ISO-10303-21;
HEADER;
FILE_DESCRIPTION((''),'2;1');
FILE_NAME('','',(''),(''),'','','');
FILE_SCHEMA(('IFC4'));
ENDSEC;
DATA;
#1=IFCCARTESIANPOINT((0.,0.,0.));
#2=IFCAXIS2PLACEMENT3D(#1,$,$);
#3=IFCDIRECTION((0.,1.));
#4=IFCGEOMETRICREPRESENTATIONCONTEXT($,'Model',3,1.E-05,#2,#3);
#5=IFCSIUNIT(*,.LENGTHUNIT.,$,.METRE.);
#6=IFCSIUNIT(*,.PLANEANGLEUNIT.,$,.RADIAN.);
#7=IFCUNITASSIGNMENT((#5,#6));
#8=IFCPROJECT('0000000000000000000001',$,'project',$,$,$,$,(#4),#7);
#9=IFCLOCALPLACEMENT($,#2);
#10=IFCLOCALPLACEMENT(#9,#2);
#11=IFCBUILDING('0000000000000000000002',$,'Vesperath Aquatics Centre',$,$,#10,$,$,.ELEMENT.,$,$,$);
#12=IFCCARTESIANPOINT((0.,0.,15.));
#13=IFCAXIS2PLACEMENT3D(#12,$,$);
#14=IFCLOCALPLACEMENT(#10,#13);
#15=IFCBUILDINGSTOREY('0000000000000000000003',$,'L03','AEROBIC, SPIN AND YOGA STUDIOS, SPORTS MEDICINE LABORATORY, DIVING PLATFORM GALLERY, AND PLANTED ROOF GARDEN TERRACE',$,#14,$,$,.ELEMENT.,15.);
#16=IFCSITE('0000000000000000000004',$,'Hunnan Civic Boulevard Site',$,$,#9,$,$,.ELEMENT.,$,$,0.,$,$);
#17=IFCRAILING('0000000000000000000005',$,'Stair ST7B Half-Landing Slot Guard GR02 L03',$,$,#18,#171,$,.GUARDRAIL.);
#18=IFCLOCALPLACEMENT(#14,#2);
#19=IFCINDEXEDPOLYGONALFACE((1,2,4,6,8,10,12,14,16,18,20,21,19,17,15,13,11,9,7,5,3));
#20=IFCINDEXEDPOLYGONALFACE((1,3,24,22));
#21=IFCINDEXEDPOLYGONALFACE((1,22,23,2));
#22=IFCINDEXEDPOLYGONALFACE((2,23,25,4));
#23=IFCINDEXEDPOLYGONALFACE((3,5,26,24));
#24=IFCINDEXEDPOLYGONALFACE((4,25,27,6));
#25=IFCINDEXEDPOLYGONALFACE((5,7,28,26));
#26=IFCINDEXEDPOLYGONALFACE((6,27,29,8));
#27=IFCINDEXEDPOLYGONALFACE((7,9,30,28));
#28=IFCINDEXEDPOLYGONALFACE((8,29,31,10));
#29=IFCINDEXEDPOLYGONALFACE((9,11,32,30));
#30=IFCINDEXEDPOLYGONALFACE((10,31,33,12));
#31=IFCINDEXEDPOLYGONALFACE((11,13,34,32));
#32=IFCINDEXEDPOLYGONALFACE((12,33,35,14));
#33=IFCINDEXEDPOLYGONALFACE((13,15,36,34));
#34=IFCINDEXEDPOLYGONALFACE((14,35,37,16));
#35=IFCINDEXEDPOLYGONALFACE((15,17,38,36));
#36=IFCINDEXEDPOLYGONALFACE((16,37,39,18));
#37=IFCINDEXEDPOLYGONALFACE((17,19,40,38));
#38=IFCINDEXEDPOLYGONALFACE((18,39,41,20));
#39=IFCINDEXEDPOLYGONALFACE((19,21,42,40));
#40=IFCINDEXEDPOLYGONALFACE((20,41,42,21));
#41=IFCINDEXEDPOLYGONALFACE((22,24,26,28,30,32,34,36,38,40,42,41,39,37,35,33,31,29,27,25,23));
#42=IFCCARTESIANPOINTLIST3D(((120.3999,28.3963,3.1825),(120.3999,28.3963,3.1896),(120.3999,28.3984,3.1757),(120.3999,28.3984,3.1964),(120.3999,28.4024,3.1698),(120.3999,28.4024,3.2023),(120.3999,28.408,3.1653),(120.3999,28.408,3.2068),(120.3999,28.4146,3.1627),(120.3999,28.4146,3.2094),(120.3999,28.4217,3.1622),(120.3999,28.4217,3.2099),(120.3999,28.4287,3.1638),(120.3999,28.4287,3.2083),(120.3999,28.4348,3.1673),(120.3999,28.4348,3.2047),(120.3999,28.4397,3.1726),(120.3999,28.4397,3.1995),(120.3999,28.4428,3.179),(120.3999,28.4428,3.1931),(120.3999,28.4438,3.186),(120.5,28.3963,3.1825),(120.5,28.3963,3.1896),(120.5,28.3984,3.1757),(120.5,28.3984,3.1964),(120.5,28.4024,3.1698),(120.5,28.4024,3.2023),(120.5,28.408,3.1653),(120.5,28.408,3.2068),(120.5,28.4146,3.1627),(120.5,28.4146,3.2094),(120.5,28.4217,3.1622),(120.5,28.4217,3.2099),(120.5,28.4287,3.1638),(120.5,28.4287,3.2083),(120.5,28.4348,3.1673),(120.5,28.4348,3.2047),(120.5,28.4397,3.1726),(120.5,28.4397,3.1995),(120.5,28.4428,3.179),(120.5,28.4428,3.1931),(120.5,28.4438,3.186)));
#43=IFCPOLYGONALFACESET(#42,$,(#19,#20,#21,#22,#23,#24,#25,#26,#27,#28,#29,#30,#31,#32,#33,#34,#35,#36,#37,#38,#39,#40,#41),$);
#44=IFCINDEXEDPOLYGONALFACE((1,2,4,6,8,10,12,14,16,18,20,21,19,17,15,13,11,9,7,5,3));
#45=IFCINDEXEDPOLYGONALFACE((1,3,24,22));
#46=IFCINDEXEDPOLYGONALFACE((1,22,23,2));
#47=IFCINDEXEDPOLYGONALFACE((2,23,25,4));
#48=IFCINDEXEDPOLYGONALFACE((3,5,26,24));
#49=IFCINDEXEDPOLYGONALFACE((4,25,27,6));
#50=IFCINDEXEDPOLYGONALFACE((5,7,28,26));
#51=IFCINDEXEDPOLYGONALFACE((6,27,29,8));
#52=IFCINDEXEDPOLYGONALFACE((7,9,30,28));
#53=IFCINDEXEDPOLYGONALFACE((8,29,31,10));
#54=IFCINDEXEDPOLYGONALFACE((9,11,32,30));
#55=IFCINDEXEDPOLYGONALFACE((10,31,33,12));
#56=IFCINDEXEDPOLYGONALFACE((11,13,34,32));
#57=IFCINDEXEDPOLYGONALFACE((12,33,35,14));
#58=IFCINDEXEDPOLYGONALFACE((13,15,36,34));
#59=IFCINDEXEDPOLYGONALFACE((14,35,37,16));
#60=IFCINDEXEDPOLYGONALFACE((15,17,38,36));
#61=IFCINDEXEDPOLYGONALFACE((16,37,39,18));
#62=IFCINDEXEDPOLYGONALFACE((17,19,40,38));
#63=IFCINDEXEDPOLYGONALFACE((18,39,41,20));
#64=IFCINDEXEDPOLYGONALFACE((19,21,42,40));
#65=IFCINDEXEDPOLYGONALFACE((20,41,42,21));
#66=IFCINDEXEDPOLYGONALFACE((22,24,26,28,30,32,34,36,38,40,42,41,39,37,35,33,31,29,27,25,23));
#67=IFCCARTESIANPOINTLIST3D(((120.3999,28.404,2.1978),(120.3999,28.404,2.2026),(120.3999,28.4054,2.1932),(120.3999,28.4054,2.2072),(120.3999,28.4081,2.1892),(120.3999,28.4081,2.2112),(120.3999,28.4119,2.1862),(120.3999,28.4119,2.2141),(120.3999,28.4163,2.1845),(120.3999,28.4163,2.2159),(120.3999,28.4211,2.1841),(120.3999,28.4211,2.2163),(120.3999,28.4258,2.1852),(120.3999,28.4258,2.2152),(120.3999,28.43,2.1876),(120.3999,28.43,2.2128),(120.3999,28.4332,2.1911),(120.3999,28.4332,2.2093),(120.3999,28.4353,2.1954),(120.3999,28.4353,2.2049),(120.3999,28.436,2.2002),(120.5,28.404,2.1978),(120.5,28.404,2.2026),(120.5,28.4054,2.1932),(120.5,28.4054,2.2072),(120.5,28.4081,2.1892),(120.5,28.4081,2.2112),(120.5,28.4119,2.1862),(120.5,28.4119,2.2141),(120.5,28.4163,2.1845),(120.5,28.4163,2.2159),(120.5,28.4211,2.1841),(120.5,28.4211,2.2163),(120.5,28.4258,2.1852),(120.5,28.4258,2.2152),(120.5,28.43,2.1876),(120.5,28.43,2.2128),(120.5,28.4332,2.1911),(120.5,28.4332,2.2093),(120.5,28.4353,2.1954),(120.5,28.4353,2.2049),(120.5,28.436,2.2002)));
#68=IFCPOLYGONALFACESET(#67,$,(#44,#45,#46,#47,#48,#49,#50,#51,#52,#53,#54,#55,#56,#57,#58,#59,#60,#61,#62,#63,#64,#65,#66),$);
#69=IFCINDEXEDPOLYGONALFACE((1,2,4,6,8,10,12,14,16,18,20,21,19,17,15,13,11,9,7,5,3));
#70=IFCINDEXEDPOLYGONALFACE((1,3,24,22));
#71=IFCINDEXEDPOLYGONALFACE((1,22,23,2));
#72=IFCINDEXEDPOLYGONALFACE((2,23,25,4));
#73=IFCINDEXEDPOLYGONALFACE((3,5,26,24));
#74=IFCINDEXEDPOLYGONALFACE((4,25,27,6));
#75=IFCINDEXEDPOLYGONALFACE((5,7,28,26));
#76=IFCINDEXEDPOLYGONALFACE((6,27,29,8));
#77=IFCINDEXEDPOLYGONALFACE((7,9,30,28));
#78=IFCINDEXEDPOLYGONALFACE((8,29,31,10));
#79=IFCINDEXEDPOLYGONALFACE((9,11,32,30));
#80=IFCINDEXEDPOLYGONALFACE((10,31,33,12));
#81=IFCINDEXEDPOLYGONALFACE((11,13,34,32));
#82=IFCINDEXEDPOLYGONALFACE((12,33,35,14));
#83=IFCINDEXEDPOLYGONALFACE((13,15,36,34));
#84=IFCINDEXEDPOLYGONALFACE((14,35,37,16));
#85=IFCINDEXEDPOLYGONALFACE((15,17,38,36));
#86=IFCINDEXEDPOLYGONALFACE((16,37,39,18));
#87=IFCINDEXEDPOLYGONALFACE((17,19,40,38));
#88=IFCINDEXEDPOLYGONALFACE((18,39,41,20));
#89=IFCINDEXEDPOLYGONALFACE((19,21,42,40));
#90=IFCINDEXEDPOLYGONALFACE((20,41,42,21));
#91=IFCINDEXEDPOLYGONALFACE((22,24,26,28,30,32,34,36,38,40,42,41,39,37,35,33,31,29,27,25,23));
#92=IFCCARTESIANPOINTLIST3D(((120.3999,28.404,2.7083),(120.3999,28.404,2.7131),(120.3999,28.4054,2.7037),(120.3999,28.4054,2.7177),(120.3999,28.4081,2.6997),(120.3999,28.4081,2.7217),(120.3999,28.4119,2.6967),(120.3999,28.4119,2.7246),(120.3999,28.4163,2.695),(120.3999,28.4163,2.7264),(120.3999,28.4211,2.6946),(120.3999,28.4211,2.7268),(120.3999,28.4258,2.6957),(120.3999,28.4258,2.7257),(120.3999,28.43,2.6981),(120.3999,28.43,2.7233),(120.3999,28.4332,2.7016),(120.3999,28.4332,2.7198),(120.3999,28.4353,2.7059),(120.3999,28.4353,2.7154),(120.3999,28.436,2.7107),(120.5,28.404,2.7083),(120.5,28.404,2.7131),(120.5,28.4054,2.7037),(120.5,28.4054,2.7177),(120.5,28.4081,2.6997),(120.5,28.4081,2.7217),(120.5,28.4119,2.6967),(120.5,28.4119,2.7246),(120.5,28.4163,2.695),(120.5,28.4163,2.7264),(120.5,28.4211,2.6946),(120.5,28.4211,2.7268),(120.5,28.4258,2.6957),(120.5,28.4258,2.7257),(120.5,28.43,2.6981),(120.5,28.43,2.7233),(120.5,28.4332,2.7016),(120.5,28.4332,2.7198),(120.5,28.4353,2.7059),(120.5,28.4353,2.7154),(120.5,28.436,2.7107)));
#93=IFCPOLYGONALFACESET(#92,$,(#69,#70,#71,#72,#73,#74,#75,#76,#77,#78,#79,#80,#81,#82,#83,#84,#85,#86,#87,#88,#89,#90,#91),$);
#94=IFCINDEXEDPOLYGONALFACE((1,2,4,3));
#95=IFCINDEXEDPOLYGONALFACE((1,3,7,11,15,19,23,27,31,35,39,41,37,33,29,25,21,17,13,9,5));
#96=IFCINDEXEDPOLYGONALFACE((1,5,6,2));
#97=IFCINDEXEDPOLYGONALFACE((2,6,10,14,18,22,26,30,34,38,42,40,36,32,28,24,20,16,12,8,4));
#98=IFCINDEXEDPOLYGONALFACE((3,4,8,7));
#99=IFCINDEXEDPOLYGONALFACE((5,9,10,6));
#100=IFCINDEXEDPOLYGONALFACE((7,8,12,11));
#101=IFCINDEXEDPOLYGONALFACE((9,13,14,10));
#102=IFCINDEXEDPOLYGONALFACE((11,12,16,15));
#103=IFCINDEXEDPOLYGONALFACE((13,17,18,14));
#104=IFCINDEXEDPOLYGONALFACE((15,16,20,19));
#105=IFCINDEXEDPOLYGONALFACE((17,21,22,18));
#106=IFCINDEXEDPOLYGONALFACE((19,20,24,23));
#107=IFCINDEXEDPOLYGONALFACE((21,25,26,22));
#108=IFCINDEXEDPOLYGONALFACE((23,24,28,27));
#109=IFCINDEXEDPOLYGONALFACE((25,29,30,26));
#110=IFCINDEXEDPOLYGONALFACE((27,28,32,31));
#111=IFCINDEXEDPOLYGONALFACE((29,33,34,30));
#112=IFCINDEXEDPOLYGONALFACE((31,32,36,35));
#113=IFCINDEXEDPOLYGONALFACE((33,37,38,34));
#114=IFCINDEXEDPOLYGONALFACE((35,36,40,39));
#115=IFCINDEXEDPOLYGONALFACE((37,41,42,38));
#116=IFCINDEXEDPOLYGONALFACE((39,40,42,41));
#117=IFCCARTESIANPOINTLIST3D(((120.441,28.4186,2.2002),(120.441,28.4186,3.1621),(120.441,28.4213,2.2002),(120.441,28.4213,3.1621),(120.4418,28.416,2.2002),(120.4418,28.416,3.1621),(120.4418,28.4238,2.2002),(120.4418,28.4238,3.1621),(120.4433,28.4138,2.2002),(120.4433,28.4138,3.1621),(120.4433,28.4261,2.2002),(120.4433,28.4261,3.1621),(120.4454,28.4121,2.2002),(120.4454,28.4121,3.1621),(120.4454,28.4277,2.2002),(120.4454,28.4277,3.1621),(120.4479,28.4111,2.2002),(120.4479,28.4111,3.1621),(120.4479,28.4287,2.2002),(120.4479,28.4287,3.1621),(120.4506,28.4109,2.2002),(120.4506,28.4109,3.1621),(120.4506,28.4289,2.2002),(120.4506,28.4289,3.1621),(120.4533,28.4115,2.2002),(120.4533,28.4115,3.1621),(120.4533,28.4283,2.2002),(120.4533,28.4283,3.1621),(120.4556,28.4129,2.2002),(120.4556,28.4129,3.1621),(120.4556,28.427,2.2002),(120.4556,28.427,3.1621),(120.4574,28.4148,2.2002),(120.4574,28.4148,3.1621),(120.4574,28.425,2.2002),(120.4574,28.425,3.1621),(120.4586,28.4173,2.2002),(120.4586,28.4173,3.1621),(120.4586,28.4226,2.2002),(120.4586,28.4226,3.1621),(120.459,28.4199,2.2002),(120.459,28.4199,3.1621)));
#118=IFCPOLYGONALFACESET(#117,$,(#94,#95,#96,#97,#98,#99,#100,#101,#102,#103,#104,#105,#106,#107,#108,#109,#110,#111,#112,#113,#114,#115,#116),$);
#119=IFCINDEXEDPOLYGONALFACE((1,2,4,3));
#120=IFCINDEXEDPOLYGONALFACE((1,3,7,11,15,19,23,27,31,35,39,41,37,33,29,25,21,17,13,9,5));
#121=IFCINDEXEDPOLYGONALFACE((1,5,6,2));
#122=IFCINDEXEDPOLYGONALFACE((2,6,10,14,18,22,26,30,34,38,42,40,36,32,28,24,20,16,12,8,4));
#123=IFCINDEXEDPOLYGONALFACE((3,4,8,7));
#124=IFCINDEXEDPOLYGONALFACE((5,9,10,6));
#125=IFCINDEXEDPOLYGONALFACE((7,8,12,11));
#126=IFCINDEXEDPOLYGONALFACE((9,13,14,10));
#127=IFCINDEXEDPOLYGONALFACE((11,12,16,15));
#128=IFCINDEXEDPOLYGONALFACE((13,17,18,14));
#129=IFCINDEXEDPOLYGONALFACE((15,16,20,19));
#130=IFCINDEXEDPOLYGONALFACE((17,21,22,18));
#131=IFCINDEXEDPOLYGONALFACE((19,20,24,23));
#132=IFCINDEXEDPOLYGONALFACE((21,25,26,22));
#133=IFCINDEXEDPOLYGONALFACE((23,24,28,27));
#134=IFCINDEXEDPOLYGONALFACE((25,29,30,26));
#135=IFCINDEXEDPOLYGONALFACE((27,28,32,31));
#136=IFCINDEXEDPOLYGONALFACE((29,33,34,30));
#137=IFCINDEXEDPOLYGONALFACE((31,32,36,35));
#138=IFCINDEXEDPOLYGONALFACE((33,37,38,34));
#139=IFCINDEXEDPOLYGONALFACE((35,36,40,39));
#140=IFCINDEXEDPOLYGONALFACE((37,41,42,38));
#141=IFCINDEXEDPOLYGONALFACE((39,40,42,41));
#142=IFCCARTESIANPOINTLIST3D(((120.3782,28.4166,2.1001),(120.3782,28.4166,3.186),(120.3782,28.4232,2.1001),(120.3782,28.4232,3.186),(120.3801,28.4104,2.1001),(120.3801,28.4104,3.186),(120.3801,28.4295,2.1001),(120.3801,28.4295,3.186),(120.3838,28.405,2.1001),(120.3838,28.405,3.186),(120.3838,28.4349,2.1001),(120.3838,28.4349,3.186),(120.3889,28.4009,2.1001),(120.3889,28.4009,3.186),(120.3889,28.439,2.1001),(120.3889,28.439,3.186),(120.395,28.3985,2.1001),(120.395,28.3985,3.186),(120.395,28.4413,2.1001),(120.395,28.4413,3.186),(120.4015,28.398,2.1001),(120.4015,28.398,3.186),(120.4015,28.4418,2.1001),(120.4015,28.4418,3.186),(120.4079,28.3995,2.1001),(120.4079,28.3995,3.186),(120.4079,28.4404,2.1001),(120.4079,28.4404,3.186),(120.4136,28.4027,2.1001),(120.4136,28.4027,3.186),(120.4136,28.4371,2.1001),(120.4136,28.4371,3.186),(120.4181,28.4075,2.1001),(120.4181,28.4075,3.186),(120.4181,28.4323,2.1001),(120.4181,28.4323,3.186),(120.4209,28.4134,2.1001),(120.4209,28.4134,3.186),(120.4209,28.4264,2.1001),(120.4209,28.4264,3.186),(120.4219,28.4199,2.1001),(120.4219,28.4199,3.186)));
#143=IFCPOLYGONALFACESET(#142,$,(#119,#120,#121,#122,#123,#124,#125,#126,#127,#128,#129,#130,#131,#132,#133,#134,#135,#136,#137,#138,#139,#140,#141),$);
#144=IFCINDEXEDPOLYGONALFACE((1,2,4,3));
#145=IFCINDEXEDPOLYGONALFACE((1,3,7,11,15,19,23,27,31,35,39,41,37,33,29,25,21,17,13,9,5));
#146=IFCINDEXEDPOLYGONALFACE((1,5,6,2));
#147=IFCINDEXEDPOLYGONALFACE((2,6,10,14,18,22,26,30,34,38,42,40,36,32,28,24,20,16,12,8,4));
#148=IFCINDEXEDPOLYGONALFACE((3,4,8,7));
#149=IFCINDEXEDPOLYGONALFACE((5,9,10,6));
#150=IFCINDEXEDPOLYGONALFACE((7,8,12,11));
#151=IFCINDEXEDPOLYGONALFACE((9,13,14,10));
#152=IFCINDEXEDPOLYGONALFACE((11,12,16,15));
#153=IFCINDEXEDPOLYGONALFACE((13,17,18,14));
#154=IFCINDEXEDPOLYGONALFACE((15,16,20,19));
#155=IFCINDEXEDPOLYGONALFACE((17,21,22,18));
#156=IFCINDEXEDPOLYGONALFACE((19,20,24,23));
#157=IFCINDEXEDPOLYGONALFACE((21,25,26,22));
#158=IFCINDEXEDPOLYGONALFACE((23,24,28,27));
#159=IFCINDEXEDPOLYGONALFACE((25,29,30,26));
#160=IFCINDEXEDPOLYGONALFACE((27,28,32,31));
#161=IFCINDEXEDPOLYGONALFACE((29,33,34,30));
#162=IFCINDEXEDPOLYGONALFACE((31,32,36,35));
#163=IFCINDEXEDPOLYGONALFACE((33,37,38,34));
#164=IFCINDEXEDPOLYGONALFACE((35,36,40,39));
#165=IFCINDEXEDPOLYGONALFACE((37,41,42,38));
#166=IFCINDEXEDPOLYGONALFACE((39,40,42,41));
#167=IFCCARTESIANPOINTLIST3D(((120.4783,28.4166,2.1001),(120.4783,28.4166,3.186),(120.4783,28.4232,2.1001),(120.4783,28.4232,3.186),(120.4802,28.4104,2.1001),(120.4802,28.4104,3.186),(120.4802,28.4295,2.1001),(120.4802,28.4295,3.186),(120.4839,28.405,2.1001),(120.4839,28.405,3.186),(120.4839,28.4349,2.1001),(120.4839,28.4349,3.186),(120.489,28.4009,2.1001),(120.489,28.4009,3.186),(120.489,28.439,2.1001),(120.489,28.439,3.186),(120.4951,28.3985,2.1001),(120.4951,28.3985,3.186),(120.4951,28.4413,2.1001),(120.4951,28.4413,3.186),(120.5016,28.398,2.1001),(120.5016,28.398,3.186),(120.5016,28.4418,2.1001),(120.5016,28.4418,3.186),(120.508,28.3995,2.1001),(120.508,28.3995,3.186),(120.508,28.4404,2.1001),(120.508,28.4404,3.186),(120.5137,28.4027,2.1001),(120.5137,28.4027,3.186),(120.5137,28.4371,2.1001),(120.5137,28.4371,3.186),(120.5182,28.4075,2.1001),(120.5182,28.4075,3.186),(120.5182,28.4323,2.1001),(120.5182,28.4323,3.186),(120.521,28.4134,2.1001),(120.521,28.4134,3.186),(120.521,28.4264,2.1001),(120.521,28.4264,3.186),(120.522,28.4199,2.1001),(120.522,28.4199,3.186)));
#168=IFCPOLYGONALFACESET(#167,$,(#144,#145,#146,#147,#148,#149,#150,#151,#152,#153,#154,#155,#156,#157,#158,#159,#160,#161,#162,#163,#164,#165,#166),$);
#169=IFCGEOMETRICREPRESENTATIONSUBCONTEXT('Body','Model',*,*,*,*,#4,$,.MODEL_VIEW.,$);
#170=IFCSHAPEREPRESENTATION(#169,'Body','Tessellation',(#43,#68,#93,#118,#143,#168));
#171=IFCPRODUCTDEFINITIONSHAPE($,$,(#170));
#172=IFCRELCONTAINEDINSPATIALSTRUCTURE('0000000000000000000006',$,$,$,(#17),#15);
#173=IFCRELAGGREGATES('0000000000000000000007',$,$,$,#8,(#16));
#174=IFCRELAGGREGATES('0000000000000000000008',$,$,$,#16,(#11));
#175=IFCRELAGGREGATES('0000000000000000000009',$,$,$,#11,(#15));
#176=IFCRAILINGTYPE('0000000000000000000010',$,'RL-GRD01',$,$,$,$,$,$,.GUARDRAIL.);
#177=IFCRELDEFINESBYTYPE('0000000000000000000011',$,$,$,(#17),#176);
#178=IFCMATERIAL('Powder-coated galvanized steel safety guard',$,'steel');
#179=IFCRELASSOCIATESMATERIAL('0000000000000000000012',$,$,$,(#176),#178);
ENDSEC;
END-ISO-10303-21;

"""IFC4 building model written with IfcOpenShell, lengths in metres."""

from ifc_helpers import new_model, si_unit, direction, frame, origin, origin_2d, place, context, subcontext, project, spatial, circle, extrude, material, type_object, element, save


model = new_model("IFC4")

# Units and contexts
model_context = context("Model", 3, precision=1e-05, world=origin(), true_north=direction((0.0, 1.0)))
body_context = subcontext(model_context, "Body", "Model", "MODEL_VIEW")
ifc_project = project(units=[si_unit("LENGTHUNIT", "METRE"), si_unit("PLANEANGLEUNIT", "RADIAN")], contexts=[model_context])

# Site, building, storey
site_placement = place(None, origin())
site = spatial("IfcSite", under=ifc_project, at=site_placement, Name="Hunnan Civic Boulevard Site", CompositionType="ELEMENT", RefElevation=0.0)
building_placement = place(site_placement, origin())
building = spatial("IfcBuilding", under=site, at=building_placement, Name="Vesperath Aquatics Centre", CompositionType="ELEMENT")
storey_placement = place(building_placement, frame((0.0, 0.0, 15.0)))
storey = spatial("IfcBuildingStorey", under=building, at=storey_placement, Name="L03", Description="AEROBIC, SPIN AND YOGA STUDIOS, SPORTS MEDICINE LABORATORY, DIVING PLATFORM GALLERY, AND PLANTED ROOF GARDEN TERRACE", CompositionType="ELEMENT", Elevation=15.0)

# Railing
ifc_material_1 = material(Name="Powder-coated galvanized steel safety guard", Category="steel")
railing_type_1 = type_object("IfcRailingType", Name="RL-GRD01", PredefinedType="GUARDRAIL", material=ifc_material_1)
railing_1_placement = place(storey_placement, frame((120.3999, 28.4199, 2.1001)))
element("IfcRailing", 1, at=railing_1_placement, inside=storey, type_object=railing_type_1, Name="Stair ST7B Half-Landing Slot Guard GR02 L03", PredefinedType="GUARDRAIL", context=body_context, shape_type="SweptSolid", body=[
    extrude(circle(Radius=0.0239, at=origin_2d()), frame((0.0, 0.0, 1.0859), z_axis=(1.0, 0.0, 0.0), x_axis=(0.0, 1.0, 0.0)), (0.0, 0.0, 1.0), 0.1001),
    extrude(circle(Radius=0.0161, at=origin_2d()), frame((0.0, 0.0, 0.1001), z_axis=(1.0, 0.0, 0.0), x_axis=(0.0, 1.0, 0.0)), (0.0, 0.0, 1.0), 0.1001),
    extrude(circle(Radius=0.0161, at=origin_2d()), frame((0.0, 0.0, 0.6106), z_axis=(1.0, 0.0, 0.0), x_axis=(0.0, 1.0, 0.0)), (0.0, 0.0, 1.0), 0.1001),
    extrude(circle(Radius=0.009, at=origin_2d()), frame((0.05, 0.0, 0.1001)), (0.0, 0.0, 1.0), 0.9619),
    extrude(circle(Radius=0.022, at=origin_2d()), origin(), (0.0, 0.0, 1.0), 1.0859),
    extrude(circle(Radius=0.022, at=origin_2d()), frame((0.1001, 0.0, 0.0)), (0.0, 0.0, 1.0), 1.0859),
])

save(model, "model.ifc")
